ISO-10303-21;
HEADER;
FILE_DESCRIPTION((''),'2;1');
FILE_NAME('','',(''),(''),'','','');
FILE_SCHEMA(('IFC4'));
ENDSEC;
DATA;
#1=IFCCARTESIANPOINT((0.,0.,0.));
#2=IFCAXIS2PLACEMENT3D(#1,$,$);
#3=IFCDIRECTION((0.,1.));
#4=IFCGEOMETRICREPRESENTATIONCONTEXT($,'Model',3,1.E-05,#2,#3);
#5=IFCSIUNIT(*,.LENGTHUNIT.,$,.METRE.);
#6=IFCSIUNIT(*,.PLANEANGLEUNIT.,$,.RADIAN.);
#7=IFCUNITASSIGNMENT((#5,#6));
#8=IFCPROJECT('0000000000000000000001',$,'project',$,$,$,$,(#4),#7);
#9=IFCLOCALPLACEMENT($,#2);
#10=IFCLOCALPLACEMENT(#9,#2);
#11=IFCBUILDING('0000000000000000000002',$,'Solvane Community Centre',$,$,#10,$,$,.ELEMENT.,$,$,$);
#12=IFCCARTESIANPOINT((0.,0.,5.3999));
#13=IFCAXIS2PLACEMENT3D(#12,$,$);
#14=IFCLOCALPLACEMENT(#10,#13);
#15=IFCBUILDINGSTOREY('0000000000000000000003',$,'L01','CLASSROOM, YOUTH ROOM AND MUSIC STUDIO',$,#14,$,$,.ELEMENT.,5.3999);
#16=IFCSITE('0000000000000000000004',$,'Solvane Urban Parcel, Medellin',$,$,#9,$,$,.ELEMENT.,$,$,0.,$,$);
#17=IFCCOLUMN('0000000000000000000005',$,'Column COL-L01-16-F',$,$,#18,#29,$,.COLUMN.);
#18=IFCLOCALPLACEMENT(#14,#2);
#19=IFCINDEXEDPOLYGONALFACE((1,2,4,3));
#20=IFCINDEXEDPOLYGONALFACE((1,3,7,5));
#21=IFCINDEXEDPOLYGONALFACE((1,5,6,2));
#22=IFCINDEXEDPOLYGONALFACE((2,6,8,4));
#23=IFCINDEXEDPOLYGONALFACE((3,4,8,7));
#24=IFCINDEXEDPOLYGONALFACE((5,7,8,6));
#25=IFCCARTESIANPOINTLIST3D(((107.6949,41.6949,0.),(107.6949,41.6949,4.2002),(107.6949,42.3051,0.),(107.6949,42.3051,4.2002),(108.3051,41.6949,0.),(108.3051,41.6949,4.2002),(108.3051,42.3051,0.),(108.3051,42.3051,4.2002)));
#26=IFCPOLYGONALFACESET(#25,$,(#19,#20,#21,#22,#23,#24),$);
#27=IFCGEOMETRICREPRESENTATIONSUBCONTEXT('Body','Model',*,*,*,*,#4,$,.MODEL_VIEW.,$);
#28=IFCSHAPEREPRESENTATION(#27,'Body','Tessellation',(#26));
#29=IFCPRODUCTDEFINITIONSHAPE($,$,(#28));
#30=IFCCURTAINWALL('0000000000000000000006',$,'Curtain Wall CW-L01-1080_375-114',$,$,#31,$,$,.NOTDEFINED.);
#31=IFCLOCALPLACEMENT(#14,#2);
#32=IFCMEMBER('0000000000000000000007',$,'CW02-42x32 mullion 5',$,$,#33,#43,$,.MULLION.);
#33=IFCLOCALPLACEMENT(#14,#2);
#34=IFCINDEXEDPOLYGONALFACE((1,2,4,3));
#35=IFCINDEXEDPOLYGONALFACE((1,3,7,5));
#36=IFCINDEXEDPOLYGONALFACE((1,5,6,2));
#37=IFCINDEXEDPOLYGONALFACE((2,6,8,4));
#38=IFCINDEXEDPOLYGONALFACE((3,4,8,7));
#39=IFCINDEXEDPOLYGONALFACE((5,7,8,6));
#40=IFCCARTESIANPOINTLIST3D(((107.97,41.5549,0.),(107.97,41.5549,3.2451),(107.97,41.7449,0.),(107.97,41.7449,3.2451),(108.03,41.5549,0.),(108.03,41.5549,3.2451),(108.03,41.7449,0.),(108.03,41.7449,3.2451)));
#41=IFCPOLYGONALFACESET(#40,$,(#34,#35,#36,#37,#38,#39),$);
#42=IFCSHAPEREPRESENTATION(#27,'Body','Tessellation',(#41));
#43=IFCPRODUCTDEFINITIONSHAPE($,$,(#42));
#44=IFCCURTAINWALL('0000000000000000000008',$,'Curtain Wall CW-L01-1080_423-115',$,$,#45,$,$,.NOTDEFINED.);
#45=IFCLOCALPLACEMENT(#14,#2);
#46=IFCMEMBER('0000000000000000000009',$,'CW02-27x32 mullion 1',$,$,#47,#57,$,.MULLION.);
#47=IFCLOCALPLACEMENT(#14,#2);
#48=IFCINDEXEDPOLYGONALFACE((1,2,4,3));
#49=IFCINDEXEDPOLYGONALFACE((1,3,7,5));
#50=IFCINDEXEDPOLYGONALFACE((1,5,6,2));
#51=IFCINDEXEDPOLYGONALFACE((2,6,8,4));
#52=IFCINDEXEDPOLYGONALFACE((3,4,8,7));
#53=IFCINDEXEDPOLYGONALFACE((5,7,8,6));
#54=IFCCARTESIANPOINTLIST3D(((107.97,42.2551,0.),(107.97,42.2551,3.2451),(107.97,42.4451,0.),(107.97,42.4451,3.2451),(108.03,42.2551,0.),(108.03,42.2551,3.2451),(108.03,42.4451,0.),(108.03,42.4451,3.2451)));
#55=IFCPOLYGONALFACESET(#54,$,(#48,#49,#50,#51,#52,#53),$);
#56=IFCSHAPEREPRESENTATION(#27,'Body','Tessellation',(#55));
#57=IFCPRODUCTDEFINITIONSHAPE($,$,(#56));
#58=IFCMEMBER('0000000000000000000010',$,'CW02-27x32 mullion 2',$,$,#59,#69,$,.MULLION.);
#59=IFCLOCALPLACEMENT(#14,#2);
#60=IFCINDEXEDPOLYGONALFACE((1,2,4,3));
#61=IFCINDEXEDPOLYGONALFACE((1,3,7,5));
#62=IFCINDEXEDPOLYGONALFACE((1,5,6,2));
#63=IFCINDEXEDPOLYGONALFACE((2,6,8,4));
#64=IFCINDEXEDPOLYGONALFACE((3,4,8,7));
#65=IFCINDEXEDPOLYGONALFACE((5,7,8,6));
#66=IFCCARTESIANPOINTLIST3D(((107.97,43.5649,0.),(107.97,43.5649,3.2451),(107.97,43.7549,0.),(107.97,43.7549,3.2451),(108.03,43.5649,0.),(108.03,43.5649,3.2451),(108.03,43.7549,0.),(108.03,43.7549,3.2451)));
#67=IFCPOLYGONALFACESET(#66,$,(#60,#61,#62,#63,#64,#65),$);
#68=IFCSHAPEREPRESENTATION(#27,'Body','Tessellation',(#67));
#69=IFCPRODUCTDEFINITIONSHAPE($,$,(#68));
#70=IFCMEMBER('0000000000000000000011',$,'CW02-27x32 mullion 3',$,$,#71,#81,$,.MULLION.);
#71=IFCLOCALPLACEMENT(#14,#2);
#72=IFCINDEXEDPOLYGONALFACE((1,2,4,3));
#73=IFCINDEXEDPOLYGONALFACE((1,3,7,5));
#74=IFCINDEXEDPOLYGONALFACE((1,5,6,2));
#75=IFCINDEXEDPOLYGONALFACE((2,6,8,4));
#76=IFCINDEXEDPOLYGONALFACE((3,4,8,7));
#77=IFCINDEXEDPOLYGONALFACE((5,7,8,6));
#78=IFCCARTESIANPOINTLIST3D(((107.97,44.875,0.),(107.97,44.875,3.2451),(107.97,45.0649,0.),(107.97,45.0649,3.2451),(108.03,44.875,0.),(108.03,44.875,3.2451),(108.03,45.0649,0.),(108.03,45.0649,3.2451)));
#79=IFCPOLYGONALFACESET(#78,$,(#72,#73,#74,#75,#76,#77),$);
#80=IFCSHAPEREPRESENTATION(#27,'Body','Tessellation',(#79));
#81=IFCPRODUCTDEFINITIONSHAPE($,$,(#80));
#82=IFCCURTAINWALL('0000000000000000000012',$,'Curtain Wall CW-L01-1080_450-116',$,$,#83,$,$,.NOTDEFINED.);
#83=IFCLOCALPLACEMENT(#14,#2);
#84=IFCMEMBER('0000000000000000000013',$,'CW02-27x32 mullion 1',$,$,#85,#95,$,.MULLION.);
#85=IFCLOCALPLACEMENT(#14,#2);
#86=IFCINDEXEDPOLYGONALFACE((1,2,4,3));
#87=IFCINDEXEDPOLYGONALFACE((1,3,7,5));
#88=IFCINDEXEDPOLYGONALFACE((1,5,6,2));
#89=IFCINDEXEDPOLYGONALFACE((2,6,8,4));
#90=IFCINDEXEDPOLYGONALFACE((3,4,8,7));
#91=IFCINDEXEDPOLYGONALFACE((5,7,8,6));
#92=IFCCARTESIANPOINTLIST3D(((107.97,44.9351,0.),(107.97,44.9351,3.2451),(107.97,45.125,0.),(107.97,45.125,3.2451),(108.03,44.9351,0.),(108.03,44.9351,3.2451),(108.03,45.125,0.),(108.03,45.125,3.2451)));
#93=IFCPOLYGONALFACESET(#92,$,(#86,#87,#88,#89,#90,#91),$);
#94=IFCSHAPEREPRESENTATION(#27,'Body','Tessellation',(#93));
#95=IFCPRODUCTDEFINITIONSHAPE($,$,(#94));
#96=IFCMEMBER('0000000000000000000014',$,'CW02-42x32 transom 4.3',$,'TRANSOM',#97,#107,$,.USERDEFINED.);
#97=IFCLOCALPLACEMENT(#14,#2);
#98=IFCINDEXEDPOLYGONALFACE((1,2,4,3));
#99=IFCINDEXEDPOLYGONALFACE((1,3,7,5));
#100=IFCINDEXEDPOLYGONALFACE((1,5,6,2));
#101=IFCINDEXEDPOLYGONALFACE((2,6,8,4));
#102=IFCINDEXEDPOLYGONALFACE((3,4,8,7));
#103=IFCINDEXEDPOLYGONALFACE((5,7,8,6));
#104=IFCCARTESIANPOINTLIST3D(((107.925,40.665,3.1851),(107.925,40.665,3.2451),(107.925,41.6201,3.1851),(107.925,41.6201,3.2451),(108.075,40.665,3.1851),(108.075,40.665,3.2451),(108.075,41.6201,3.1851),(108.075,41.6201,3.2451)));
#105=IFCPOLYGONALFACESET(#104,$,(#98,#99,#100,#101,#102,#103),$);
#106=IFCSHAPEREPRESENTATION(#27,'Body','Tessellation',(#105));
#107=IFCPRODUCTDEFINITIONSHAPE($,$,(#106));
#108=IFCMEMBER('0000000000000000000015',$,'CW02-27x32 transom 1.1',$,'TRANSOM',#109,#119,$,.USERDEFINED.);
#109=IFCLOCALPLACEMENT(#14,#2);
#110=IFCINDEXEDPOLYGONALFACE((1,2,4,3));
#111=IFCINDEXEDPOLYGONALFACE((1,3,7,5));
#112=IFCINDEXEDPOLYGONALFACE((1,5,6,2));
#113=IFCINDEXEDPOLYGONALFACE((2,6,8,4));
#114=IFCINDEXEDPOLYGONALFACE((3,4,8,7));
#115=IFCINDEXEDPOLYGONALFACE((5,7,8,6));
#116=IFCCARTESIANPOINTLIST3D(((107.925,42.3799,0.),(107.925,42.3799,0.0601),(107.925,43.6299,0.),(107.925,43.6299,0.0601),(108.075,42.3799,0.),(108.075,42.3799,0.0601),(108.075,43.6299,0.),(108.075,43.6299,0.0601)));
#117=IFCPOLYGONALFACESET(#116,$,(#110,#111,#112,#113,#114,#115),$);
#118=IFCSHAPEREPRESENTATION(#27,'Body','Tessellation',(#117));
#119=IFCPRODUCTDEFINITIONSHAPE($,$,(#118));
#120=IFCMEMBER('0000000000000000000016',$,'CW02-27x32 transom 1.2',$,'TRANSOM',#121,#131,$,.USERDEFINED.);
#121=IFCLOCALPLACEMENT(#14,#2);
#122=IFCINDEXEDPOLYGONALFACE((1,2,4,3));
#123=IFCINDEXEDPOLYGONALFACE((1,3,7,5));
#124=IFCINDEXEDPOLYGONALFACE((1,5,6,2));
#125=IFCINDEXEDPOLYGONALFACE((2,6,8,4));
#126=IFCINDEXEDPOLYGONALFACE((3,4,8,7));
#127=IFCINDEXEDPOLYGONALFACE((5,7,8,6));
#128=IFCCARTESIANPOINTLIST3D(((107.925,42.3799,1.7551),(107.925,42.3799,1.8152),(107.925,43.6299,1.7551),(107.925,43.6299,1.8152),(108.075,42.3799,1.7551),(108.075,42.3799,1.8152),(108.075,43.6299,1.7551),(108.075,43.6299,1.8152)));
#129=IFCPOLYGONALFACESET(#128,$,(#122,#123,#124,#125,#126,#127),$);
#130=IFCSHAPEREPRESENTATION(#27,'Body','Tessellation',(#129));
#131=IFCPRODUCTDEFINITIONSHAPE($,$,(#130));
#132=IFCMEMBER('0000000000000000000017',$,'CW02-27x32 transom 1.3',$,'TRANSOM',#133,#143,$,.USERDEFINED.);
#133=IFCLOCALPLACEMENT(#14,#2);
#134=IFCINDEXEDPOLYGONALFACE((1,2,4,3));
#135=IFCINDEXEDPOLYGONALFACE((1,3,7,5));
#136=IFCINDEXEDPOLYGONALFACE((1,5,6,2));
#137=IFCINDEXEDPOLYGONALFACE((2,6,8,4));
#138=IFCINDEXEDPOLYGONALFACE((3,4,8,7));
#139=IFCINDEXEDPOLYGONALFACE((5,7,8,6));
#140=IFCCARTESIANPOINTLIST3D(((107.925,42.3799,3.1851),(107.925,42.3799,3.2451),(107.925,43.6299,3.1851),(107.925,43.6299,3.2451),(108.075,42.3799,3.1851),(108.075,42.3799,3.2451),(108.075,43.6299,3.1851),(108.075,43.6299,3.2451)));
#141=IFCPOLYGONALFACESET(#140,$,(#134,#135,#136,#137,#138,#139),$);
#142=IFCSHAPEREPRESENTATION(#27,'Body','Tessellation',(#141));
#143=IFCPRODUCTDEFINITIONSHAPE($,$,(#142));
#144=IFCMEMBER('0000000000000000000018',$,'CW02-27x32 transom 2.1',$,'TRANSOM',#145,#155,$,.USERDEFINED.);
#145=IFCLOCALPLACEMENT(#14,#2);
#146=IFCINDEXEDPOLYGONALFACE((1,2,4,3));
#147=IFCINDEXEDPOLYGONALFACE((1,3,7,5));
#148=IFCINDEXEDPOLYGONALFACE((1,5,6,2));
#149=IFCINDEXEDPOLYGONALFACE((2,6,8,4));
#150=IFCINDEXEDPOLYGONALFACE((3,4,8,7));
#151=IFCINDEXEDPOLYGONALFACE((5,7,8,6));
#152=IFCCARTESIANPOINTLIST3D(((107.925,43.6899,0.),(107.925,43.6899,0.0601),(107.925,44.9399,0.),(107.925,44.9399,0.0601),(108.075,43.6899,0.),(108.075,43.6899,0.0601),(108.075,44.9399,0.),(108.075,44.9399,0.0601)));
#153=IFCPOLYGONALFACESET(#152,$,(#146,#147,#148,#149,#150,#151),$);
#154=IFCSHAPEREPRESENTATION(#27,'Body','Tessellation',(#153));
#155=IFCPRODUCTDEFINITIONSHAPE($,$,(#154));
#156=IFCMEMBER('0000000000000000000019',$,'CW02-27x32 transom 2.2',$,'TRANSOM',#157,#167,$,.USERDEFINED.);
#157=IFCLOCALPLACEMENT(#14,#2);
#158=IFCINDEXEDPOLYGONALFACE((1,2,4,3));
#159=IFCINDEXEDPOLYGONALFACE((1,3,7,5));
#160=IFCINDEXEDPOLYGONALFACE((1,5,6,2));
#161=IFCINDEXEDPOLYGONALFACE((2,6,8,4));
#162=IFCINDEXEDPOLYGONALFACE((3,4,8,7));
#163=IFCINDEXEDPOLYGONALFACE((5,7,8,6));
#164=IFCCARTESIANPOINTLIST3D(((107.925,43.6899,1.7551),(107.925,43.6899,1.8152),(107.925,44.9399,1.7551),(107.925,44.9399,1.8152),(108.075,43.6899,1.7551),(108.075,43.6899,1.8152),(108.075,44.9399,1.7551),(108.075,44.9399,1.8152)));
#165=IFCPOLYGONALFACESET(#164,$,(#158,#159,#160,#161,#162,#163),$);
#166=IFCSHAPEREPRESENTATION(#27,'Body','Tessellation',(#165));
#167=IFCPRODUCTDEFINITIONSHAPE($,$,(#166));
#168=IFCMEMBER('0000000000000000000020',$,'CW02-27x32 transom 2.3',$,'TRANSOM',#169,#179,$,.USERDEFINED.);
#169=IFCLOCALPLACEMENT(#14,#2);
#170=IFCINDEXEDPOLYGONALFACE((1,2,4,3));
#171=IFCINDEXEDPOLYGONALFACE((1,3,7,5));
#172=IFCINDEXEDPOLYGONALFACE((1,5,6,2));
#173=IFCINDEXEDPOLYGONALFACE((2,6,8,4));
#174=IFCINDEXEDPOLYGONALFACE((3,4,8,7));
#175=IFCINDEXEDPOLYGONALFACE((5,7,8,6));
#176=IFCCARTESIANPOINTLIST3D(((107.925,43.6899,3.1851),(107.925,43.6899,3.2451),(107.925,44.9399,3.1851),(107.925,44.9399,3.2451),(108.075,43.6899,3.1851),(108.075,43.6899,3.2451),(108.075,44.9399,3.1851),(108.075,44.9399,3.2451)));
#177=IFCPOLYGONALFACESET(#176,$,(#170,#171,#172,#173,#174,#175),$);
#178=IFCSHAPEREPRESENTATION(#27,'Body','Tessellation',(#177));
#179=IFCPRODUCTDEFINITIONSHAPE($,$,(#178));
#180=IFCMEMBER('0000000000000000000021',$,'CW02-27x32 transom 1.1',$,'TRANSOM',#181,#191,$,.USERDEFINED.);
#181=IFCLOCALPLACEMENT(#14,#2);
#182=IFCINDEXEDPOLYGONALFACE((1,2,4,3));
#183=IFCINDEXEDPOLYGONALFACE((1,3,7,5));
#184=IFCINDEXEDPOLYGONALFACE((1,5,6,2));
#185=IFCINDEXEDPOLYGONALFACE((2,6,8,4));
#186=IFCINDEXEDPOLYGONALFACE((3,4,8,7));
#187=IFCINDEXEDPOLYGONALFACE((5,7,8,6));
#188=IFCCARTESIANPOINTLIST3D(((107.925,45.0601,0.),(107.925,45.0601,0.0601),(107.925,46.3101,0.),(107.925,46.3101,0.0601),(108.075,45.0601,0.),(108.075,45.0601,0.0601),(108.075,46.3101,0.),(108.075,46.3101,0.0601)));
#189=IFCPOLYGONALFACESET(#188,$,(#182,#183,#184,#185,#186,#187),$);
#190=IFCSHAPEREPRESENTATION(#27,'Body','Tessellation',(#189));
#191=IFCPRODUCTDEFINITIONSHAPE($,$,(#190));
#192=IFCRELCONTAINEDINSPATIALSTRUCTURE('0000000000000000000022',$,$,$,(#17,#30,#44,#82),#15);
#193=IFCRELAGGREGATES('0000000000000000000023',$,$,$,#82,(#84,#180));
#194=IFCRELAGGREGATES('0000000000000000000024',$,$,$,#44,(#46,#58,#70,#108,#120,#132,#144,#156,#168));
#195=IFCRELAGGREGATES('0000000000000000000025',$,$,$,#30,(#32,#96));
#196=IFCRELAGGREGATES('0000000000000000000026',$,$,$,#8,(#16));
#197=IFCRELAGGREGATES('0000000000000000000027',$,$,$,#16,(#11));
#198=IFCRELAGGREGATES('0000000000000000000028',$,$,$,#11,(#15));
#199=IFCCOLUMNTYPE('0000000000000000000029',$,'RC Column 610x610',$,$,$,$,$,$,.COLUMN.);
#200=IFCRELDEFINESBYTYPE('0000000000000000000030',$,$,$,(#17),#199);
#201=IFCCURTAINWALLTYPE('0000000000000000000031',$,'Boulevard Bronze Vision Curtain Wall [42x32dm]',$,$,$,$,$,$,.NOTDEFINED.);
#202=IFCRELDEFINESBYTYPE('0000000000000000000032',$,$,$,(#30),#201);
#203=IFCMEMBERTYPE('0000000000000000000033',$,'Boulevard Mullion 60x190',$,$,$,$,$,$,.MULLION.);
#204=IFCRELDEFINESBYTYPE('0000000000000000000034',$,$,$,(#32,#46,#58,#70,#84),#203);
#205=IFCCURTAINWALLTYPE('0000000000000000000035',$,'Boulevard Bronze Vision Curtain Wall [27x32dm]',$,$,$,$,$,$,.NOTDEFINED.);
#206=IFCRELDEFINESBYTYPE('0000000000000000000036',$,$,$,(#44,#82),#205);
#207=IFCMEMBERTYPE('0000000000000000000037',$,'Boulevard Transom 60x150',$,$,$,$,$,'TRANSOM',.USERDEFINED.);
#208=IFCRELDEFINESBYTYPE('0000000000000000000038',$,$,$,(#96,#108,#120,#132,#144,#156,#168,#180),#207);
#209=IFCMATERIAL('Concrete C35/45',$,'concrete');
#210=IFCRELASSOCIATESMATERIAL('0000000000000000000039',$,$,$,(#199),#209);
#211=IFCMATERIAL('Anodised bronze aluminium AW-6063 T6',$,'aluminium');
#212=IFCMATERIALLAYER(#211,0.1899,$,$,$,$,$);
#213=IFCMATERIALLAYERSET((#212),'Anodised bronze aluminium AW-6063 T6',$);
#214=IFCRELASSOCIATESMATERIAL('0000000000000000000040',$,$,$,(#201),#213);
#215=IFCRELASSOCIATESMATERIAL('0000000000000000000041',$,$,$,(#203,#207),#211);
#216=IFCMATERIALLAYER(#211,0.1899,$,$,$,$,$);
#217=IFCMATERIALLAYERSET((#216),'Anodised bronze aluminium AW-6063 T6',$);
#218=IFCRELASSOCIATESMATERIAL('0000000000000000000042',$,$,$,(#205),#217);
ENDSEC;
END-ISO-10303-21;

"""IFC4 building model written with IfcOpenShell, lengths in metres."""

from ifc_helpers import new_model, si_unit, direction, frame, origin, origin_2d, place, context, subcontext, project, spatial, rectangle, extrude, material, layer, layer_set, material_profile, profile_set, type_object, element, aggregate, save


model = new_model("IFC4")

# Units and contexts
model_context = context("Model", 3, precision=1e-05, world=origin(), true_north=direction((0.0, 1.0)))
body_context = subcontext(model_context, "Body", "Model", "MODEL_VIEW")
ifc_project = project(units=[si_unit("LENGTHUNIT", "METRE"), si_unit("PLANEANGLEUNIT", "RADIAN")], contexts=[model_context])

# Site, building, storey
site_placement = place(None, origin())
site = spatial("IfcSite", under=ifc_project, at=site_placement, Name="Solvane Urban Parcel, Medellin", CompositionType="ELEMENT", RefElevation=0.0)
building_placement = place(site_placement, origin())
building = spatial("IfcBuilding", under=site, at=building_placement, Name="Solvane Community Centre", CompositionType="ELEMENT")
storey_placement = place(building_placement, frame((0.0, 0.0, 5.3999)))
storey = spatial("IfcBuildingStorey", under=building, at=storey_placement, Name="L01", Description="CLASSROOM, YOUTH ROOM AND MUSIC STUDIO", CompositionType="ELEMENT", Elevation=5.3999)

# Column
ifc_material_1 = material(Name="Concrete C35/45", Category="concrete")
ifc_material_profile_1 = material_profile(ifc_material_1, rectangle(XDim=0.6101, YDim=0.6101, at=origin_2d()), Name="RC 610x610")
ifc_profile_set_1 = profile_set([ifc_material_profile_1], Name="Concrete C35/45")
column_type = type_object("IfcColumnType", Name="RC Column 610x610", PredefinedType="COLUMN", material=ifc_profile_set_1)
column_placement = place(storey_placement, frame((108.0, 42.0, 0.0), z_axis=(0.0, 0.0, 1.0), x_axis=(1.0, 0.0, 0.0)))
element("IfcColumn", 1, at=column_placement, inside=storey, type_object=column_type, Name="Column COL-L01-16-F", PredefinedType="COLUMN", context=body_context, shape_type="SweptSolid", body=[
    extrude(rectangle(XDim=0.6101, YDim=0.6101, at=origin_2d()), origin(), (0.0, 0.0, 1.0), 4.2002),
])

# Curtain wall, member
ifc_material_2 = material(Name="Anodised bronze aluminium AW-6063 T6", Category="aluminium")
ifc_layer_1 = layer(ifc_material_2, 0.1899)
ifc_layer_set_1 = layer_set([ifc_layer_1], Name="Anodised bronze aluminium AW-6063 T6")
curtain_wall_type_1 = type_object("IfcCurtainWallType", Name="Boulevard Bronze Vision Curtain Wall [42x32dm]", PredefinedType="NOTDEFINED", material=ifc_layer_set_1)
curtain_wall_1_placement = place(storey_placement, origin())
curtain_wall_1 = element("IfcCurtainWall", 2, at=curtain_wall_1_placement, inside=storey, type_object=curtain_wall_type_1, Name="Curtain Wall CW-L01-1080_375-114", PredefinedType="NOTDEFINED")
ifc_material_profile_2 = material_profile(ifc_material_2, rectangle(XDim=0.0601, YDim=0.1899, at=origin_2d()), Name="CW-M 60x190")
ifc_profile_set_2 = profile_set([ifc_material_profile_2], Name="Anodised bronze aluminium AW-6063 T6")
member_type_1 = type_object("IfcMemberType", Name="Boulevard Mullion 60x190", PredefinedType="MULLION", material=ifc_profile_set_2)
member_1_placement = place(storey_placement, frame((108.0, 41.6499, 0.0), z_axis=(0.0, 0.0, 1.0), x_axis=(-1.0, 0.0, 0.0)))
member_1 = element("IfcMember", 3, at=member_1_placement, type_object=member_type_1, Name="CW02-42x32 mullion 5", PredefinedType="MULLION", context=body_context, shape_type="SweptSolid", body=[
    extrude(rectangle(XDim=0.0601, YDim=0.1899, at=origin_2d()), origin(), (0.0, 0.0, 1.0), 3.2451),
])

# Curtain wall, members
ifc_layer_2 = layer(ifc_material_2, 0.1899)
ifc_layer_set_2 = layer_set([ifc_layer_2], Name="Anodised bronze aluminium AW-6063 T6")
curtain_wall_type_2 = type_object("IfcCurtainWallType", Name="Boulevard Bronze Vision Curtain Wall [27x32dm]", PredefinedType="NOTDEFINED", material=ifc_layer_set_2)
curtain_wall_2_placement = place(storey_placement, origin())
curtain_wall_2 = element("IfcCurtainWall", 4, at=curtain_wall_2_placement, inside=storey, type_object=curtain_wall_type_2, Name="Curtain Wall CW-L01-1080_423-115", PredefinedType="NOTDEFINED")
member_2_placement = place(storey_placement, frame((108.0, 42.3501, 0.0), z_axis=(0.0, 0.0, 1.0), x_axis=(-1.0, 0.0, 0.0)))
member_2 = element("IfcMember", 5, at=member_2_placement, type_object=member_type_1, Name="CW02-27x32 mullion 1", PredefinedType="MULLION", context=body_context, shape_type="SweptSolid", body=[
    extrude(rectangle(XDim=0.0601, YDim=0.1899, at=origin_2d()), origin(), (0.0, 0.0, 1.0), 3.2451),
])
member_3_placement = place(storey_placement, frame((108.0, 43.6599, 0.0), z_axis=(0.0, 0.0, 1.0), x_axis=(-1.0, 0.0, 0.0)))
member_3 = element("IfcMember", 6, at=member_3_placement, type_object=member_type_1, Name="CW02-27x32 mullion 2", PredefinedType="MULLION", context=body_context, shape_type="SweptSolid", body=[
    extrude(rectangle(XDim=0.0601, YDim=0.1899, at=origin_2d()), origin(), (0.0, 0.0, 1.0), 3.2451),
])
member_4_placement = place(storey_placement, frame((108.0, 44.97, 0.0), z_axis=(0.0, 0.0, 1.0), x_axis=(-1.0, 0.0, 0.0)))
member_4 = element("IfcMember", 7, at=member_4_placement, type_object=member_type_1, Name="CW02-27x32 mullion 3", PredefinedType="MULLION", context=body_context, shape_type="SweptSolid", body=[
    extrude(rectangle(XDim=0.0601, YDim=0.1899, at=origin_2d()), origin(), (0.0, 0.0, 1.0), 3.2451),
])

# Curtain wall, member
curtain_wall_3_placement = place(storey_placement, origin())
curtain_wall_3 = element("IfcCurtainWall", 8, at=curtain_wall_3_placement, inside=storey, type_object=curtain_wall_type_2, Name="Curtain Wall CW-L01-1080_450-116", PredefinedType="NOTDEFINED")
member_5_placement = place(storey_placement, frame((108.0, 45.03, 0.0), z_axis=(0.0, 0.0, 1.0), x_axis=(-1.0, 0.0, 0.0)))
member_5 = element("IfcMember", 9, at=member_5_placement, type_object=member_type_1, Name="CW02-27x32 mullion 1", PredefinedType="MULLION", context=body_context, shape_type="SweptSolid", body=[
    extrude(rectangle(XDim=0.0601, YDim=0.1899, at=origin_2d()), origin(), (0.0, 0.0, 1.0), 3.2451),
])

# Members
ifc_material_profile_3 = material_profile(ifc_material_2, rectangle(XDim=0.1499, YDim=0.0601, at=origin_2d()), Name="CW-T 60x150")
ifc_profile_set_3 = profile_set([ifc_material_profile_3], Name="Anodised bronze aluminium AW-6063 T6")
member_type_2 = type_object("IfcMemberType", Name="Boulevard Transom 60x150", ElementType="TRANSOM", PredefinedType="USERDEFINED", material=ifc_profile_set_3)
member_6_placement = place(storey_placement, frame((108.0, 40.665, 3.2151), z_axis=(0.0, 1.0, 0.0), x_axis=(-1.0, 0.0, 0.0)))
member_6 = element("IfcMember", 10, at=member_6_placement, type_object=member_type_2, Name="CW02-42x32 transom 4.3", ObjectType="TRANSOM", PredefinedType="USERDEFINED", context=body_context, shape_type="SweptSolid", body=[
    extrude(rectangle(XDim=0.1499, YDim=0.0601, at=origin_2d()), origin(), (0.0, 0.0, 1.0), 0.9551),
])
member_7_placement = place(storey_placement, frame((108.0, 42.3799, 0.03), z_axis=(0.0, 1.0, 0.0), x_axis=(-1.0, 0.0, 0.0)))
member_7 = element("IfcMember", 11, at=member_7_placement, type_object=member_type_2, Name="CW02-27x32 transom 1.1", ObjectType="TRANSOM", PredefinedType="USERDEFINED", context=body_context, shape_type="SweptSolid", body=[
    extrude(rectangle(XDim=0.1499, YDim=0.0601, at=origin_2d()), origin(), (0.0, 0.0, 1.0), 1.25),
])
member_8_placement = place(storey_placement, frame((108.0, 42.3799, 1.7852), z_axis=(0.0, 1.0, 0.0), x_axis=(-1.0, 0.0, 0.0)))
member_8 = element("IfcMember", 12, at=member_8_placement, type_object=member_type_2, Name="CW02-27x32 transom 1.2", ObjectType="TRANSOM", PredefinedType="USERDEFINED", context=body_context, shape_type="SweptSolid", body=[
    extrude(rectangle(XDim=0.1499, YDim=0.0601, at=origin_2d()), origin(), (0.0, 0.0, 1.0), 1.25),
])
member_9_placement = place(storey_placement, frame((108.0, 42.3799, 3.2151), z_axis=(0.0, 1.0, 0.0), x_axis=(-1.0, 0.0, 0.0)))
member_9 = element("IfcMember", 13, at=member_9_placement, type_object=member_type_2, Name="CW02-27x32 transom 1.3", ObjectType="TRANSOM", PredefinedType="USERDEFINED", context=body_context, shape_type="SweptSolid", body=[
    extrude(rectangle(XDim=0.1499, YDim=0.0601, at=origin_2d()), origin(), (0.0, 0.0, 1.0), 1.25),
])
member_10_placement = place(storey_placement, frame((108.0, 43.6899, 0.03), z_axis=(0.0, 1.0, 0.0), x_axis=(-1.0, 0.0, 0.0)))
member_10 = element("IfcMember", 14, at=member_10_placement, type_object=member_type_2, Name="CW02-27x32 transom 2.1", ObjectType="TRANSOM", PredefinedType="USERDEFINED", context=body_context, shape_type="SweptSolid", body=[
    extrude(rectangle(XDim=0.1499, YDim=0.0601, at=origin_2d()), origin(), (0.0, 0.0, 1.0), 1.25),
])
member_11_placement = place(storey_placement, frame((108.0, 43.6899, 1.7852), z_axis=(0.0, 1.0, 0.0), x_axis=(-1.0, 0.0, 0.0)))
member_11 = element("IfcMember", 15, at=member_11_placement, type_object=member_type_2, Name="CW02-27x32 transom 2.2", ObjectType="TRANSOM", PredefinedType="USERDEFINED", context=body_context, shape_type="SweptSolid", body=[
    extrude(rectangle(XDim=0.1499, YDim=0.0601, at=origin_2d()), origin(), (0.0, 0.0, 1.0), 1.25),
])
member_12_placement = place(storey_placement, frame((108.0, 43.6899, 3.2151), z_axis=(0.0, 1.0, 0.0), x_axis=(-1.0, 0.0, 0.0)))
member_12 = element("IfcMember", 16, at=member_12_placement, type_object=member_type_2, Name="CW02-27x32 transom 2.3", ObjectType="TRANSOM", PredefinedType="USERDEFINED", context=body_context, shape_type="SweptSolid", body=[
    extrude(rectangle(XDim=0.1499, YDim=0.0601, at=origin_2d()), origin(), (0.0, 0.0, 1.0), 1.25),
])
member_13_placement = place(storey_placement, frame((108.0, 45.0601, 0.03), z_axis=(0.0, 1.0, 0.0), x_axis=(-1.0, 0.0, 0.0)))
member_13 = element("IfcMember", 17, at=member_13_placement, type_object=member_type_2, Name="CW02-27x32 transom 1.1", ObjectType="TRANSOM", PredefinedType="USERDEFINED", context=body_context, shape_type="SweptSolid", body=[
    extrude(rectangle(XDim=0.1499, YDim=0.0601, at=origin_2d()), origin(), (0.0, 0.0, 1.0), 1.25),
])
aggregate(curtain_wall_3, [member_5, member_13])

aggregate(curtain_wall_2, [member_2, member_3, member_4, member_7, member_8, member_9, member_10, member_11, member_12])
aggregate(curtain_wall_1, [member_1, member_6])

save(model, "model.ifc")
